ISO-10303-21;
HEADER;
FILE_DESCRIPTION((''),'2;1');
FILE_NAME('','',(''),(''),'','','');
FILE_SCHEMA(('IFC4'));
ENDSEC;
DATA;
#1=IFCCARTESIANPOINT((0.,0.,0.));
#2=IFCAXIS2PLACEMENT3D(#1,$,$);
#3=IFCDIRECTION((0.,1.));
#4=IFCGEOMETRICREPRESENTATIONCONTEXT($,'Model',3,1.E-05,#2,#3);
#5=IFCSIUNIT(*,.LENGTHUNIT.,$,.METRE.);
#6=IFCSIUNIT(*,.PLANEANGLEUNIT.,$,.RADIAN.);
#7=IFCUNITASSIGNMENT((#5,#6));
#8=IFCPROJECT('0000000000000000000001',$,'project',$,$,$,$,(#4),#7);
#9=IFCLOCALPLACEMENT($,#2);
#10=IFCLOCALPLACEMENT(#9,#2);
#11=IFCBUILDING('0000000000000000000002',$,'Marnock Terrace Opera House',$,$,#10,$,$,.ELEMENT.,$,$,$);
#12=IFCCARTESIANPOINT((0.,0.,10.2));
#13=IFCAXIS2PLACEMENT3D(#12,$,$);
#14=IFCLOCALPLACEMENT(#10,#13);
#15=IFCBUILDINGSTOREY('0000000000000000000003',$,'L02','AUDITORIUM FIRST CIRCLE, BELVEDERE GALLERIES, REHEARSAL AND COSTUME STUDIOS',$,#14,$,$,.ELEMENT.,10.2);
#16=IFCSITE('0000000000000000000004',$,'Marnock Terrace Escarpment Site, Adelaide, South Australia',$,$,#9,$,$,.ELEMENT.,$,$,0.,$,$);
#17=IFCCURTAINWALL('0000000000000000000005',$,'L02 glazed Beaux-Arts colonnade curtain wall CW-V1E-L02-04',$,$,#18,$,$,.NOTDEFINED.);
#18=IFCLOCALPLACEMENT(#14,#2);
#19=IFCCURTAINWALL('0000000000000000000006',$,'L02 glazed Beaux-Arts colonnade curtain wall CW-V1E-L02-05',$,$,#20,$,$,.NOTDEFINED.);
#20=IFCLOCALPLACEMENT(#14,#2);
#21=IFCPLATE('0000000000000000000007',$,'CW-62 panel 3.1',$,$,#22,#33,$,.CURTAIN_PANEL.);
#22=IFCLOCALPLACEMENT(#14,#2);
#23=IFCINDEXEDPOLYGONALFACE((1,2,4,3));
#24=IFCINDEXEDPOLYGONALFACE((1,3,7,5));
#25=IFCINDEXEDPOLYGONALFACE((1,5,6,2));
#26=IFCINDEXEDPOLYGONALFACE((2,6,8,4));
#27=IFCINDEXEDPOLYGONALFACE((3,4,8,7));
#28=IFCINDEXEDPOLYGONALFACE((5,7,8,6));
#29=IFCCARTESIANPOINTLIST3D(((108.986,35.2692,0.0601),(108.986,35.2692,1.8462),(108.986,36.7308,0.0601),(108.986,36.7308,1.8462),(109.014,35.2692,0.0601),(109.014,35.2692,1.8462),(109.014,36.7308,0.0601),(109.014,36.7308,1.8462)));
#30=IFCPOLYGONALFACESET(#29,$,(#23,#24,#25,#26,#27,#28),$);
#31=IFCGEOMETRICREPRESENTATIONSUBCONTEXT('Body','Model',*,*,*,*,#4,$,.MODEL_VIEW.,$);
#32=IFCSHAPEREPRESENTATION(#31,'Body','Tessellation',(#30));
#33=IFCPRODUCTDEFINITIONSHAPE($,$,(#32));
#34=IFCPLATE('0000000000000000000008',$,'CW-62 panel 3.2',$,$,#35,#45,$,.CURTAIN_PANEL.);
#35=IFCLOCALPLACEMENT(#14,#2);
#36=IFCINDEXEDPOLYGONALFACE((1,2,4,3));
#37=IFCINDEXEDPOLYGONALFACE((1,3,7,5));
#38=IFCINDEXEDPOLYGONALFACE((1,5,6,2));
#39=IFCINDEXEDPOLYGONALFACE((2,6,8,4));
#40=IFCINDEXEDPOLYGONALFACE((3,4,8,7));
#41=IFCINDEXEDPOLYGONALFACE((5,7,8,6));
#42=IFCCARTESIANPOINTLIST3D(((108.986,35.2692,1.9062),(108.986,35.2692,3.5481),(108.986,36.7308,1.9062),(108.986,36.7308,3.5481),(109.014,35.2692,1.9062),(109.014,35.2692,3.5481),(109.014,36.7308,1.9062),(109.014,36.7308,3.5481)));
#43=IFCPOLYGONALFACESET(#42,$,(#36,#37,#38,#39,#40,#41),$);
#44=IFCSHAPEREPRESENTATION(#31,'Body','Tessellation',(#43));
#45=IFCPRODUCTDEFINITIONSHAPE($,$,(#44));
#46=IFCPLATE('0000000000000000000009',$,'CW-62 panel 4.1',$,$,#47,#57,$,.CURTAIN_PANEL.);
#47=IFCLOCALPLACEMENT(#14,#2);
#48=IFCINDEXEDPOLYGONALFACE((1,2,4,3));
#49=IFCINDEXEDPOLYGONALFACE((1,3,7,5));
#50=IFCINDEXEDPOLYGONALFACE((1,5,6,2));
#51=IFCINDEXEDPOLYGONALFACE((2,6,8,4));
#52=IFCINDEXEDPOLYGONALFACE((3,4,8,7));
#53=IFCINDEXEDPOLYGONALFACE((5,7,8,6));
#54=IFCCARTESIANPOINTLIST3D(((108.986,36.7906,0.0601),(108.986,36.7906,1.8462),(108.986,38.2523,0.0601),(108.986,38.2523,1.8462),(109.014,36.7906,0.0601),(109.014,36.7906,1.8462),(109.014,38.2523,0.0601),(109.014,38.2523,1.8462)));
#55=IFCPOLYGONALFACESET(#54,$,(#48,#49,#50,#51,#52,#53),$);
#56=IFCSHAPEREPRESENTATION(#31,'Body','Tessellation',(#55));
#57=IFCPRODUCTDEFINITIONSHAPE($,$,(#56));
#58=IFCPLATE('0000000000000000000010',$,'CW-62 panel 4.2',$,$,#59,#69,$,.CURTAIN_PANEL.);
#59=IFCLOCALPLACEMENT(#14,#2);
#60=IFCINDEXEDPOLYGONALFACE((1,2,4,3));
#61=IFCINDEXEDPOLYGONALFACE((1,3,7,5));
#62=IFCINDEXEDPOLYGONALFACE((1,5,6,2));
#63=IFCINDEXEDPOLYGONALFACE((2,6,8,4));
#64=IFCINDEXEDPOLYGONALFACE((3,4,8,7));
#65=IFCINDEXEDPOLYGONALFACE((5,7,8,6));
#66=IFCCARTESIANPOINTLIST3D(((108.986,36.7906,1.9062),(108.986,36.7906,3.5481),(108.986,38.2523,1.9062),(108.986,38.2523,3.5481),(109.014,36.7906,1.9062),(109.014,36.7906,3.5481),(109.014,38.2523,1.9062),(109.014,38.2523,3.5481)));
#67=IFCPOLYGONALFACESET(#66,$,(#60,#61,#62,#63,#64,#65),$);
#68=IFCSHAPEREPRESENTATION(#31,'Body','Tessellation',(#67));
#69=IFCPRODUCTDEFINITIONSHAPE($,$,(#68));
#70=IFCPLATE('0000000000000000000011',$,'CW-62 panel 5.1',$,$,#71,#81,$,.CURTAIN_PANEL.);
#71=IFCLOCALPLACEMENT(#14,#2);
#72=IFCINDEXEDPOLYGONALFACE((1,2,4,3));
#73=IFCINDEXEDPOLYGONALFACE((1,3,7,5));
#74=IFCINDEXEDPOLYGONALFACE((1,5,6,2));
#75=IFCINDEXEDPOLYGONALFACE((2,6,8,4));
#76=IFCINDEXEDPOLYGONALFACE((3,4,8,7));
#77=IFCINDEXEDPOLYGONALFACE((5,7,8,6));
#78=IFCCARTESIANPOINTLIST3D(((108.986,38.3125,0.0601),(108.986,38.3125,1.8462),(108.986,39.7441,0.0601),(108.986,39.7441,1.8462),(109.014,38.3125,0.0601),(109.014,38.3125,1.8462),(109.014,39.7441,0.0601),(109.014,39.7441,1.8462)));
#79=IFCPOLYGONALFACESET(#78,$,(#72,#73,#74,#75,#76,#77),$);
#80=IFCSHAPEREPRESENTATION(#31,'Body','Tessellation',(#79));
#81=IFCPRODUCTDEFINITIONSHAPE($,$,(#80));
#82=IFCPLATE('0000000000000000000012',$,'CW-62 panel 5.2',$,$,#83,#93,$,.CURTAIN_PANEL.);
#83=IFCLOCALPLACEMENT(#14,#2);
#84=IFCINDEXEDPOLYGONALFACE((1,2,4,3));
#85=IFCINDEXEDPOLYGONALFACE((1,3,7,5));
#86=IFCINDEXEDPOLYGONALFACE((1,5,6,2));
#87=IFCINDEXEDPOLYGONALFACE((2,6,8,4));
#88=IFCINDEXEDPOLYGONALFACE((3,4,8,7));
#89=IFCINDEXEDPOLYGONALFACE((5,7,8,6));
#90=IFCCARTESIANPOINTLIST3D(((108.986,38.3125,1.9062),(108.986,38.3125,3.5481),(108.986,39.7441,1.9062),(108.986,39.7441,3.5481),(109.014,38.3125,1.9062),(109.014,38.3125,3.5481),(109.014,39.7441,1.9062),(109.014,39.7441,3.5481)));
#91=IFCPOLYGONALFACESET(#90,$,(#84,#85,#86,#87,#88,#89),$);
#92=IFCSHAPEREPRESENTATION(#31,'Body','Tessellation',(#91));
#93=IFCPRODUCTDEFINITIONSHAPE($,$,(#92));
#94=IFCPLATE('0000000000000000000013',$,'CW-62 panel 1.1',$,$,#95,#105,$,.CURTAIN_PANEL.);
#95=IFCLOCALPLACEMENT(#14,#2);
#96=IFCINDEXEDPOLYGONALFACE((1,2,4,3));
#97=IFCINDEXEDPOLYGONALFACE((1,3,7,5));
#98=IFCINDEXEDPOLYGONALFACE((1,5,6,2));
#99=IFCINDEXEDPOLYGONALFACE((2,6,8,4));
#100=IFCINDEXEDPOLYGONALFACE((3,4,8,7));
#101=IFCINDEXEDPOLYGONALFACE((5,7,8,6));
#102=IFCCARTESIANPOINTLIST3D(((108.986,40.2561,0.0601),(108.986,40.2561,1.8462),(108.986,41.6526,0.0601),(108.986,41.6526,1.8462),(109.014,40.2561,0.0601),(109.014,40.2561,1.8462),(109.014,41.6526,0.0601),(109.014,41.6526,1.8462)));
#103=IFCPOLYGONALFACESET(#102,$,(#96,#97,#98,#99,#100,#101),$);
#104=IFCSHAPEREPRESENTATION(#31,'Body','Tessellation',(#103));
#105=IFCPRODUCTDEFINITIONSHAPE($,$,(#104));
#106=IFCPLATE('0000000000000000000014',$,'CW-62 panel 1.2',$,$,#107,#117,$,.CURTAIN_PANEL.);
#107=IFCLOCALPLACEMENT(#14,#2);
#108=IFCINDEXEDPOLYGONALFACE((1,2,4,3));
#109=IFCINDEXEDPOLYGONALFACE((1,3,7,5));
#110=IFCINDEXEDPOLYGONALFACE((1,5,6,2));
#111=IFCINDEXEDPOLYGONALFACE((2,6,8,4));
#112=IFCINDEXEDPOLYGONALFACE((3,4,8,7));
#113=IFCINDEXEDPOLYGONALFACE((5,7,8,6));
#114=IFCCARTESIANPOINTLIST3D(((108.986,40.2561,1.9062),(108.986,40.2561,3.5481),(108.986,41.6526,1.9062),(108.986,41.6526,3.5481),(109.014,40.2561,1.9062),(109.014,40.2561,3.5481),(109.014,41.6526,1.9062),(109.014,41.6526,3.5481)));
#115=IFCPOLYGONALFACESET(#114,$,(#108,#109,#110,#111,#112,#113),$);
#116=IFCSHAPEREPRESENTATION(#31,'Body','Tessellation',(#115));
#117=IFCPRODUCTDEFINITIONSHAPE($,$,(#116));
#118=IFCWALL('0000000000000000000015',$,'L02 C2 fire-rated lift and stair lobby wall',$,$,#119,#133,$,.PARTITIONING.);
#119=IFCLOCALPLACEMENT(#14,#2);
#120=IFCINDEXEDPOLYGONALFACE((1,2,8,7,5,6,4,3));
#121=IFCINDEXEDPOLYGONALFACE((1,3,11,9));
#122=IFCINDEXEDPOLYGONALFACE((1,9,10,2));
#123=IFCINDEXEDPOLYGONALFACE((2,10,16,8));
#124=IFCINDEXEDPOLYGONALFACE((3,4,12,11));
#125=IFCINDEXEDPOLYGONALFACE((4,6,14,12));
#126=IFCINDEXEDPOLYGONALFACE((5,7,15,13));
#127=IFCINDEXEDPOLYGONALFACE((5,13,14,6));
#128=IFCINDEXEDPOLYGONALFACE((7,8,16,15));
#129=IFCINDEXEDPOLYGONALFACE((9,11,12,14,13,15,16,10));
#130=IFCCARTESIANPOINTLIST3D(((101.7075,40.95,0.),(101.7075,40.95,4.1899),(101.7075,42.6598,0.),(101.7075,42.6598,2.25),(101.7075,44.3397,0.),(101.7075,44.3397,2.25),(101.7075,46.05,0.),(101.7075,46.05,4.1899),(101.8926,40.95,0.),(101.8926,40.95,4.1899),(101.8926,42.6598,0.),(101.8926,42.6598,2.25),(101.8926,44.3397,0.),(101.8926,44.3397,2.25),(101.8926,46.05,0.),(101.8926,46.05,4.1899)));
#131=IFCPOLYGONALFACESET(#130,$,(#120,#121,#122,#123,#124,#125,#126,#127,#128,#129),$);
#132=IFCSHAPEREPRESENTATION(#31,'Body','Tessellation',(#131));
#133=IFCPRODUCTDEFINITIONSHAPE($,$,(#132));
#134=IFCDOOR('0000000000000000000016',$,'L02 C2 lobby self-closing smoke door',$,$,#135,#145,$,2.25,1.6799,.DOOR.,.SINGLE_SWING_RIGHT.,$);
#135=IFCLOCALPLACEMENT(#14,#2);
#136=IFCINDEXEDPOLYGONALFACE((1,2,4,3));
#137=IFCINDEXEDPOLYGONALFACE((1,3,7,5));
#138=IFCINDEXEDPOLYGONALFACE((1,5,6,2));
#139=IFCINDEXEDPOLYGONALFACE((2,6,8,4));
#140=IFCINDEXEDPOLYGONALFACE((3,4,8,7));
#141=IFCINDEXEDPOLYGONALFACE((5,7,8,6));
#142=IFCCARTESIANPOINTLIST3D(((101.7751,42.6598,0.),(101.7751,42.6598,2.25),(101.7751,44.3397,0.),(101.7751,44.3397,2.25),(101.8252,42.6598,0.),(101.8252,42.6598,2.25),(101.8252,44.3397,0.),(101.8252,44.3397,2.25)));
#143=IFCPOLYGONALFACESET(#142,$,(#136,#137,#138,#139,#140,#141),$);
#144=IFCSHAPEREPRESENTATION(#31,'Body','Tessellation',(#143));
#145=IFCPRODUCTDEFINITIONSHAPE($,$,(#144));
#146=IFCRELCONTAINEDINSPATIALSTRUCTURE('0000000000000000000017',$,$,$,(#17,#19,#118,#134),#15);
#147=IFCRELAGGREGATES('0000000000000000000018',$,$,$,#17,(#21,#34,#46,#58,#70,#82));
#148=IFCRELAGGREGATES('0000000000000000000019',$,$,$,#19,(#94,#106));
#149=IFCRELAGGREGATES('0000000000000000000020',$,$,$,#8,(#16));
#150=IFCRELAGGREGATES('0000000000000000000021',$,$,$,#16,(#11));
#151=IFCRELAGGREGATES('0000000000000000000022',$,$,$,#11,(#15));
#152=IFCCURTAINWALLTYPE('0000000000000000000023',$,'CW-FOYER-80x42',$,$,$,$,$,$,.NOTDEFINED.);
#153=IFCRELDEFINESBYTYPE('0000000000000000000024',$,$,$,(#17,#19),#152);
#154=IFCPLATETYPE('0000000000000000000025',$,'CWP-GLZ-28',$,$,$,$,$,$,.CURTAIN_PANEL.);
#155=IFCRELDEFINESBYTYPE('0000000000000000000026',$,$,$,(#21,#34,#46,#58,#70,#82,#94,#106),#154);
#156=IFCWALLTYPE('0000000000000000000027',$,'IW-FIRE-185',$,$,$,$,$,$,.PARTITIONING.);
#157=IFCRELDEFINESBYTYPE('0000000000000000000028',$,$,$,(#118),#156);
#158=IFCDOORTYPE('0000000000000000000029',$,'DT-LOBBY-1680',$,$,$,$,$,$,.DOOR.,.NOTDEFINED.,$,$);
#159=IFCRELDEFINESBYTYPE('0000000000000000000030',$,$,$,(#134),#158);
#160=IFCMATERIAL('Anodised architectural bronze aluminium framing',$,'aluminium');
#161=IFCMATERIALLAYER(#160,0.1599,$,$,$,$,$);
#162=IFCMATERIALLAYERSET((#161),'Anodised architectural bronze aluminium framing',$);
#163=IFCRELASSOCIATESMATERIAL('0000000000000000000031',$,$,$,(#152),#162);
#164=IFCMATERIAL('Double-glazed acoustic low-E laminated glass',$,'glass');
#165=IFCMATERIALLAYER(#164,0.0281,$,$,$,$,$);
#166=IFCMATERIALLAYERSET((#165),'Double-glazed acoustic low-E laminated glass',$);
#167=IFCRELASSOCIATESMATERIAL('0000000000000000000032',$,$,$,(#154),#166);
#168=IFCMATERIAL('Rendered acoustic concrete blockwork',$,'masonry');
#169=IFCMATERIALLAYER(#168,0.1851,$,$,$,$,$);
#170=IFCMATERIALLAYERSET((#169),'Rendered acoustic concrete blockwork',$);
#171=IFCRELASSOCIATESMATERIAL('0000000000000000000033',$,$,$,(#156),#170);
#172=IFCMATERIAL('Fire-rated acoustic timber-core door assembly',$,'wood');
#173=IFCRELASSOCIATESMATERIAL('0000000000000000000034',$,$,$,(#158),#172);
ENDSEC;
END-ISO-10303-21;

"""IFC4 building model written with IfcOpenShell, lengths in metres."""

from ifc_helpers import new_model, si_unit, direction, frame, frame_2d, origin, origin_2d, place, context, subcontext, project, spatial, rectangle, extrude, material, layer, layer_set, type_object, element, fill, aggregate, save


model = new_model("IFC4")

# Units and contexts
model_context = context("Model", 3, precision=1e-05, world=origin(), true_north=direction((0.0, 1.0)))
body_context = subcontext(model_context, "Body", "Model", "MODEL_VIEW")
ifc_project = project(units=[si_unit("LENGTHUNIT", "METRE"), si_unit("PLANEANGLEUNIT", "RADIAN")], contexts=[model_context])

# Site, building, storey
site_placement = place(None, origin())
site = spatial("IfcSite", under=ifc_project, at=site_placement, Name="Marnock Terrace Escarpment Site, Adelaide, South Australia", CompositionType="ELEMENT", RefElevation=0.0)
building_placement = place(site_placement, origin())
building = spatial("IfcBuilding", under=site, at=building_placement, Name="Marnock Terrace Opera House", CompositionType="ELEMENT")
storey_placement = place(building_placement, frame((0.0, 0.0, 10.2)))
storey = spatial("IfcBuildingStorey", under=building, at=storey_placement, Name="L02", Description="AUDITORIUM FIRST CIRCLE, BELVEDERE GALLERIES, REHEARSAL AND COSTUME STUDIOS", CompositionType="ELEMENT", Elevation=10.2)

# Curtain walls
ifc_material_1 = material(Name="Anodised architectural bronze aluminium framing", Category="aluminium")
ifc_layer_1 = layer(ifc_material_1, 0.1599)
ifc_layer_set_1 = layer_set([ifc_layer_1], Name="Anodised architectural bronze aluminium framing")
curtain_wall_type = type_object("IfcCurtainWallType", Name="CW-FOYER-80x42", PredefinedType="NOTDEFINED", material=ifc_layer_set_1)
curtain_wall_1_placement = place(storey_placement, origin())
curtain_wall_1 = element("IfcCurtainWall", 1, at=curtain_wall_1_placement, inside=storey, type_object=curtain_wall_type, Name="L02 glazed Beaux-Arts colonnade curtain wall CW-V1E-L02-04", PredefinedType="NOTDEFINED")
curtain_wall_2_placement = place(storey_placement, origin())
curtain_wall_2 = element("IfcCurtainWall", 2, at=curtain_wall_2_placement, inside=storey, type_object=curtain_wall_type, Name="L02 glazed Beaux-Arts colonnade curtain wall CW-V1E-L02-05", PredefinedType="NOTDEFINED")

# Plates
ifc_material_2 = material(Name="Double-glazed acoustic low-E laminated glass", Category="glass")
ifc_layer_2 = layer(ifc_material_2, 0.0281)
ifc_layer_set_2 = layer_set([ifc_layer_2], Name="Double-glazed acoustic low-E laminated glass")
plate_type = type_object("IfcPlateType", Name="CWP-GLZ-28", PredefinedType="CURTAIN_PANEL", material=ifc_layer_set_2)
plate_1_placement = place(storey_placement, frame((109.0, 36.0, 0.0601), z_axis=(0.0, 0.0, 1.0), x_axis=(0.0, 1.0, 0.0)))
plate_1 = element("IfcPlate", 3, at=plate_1_placement, type_object=plate_type, Name="CW-62 panel 3.1", PredefinedType="CURTAIN_PANEL", context=body_context, shape_type="SweptSolid", body=[
    extrude(rectangle(XDim=1.4617, YDim=0.0281, at=origin_2d()), origin(), (0.0, 0.0, 1.0), 1.7861),
])
plate_2_placement = place(storey_placement, frame((109.0, 36.0, 1.9062), z_axis=(0.0, 0.0, 1.0), x_axis=(0.0, 1.0, 0.0)))
plate_2 = element("IfcPlate", 4, at=plate_2_placement, type_object=plate_type, Name="CW-62 panel 3.2", PredefinedType="CURTAIN_PANEL", context=body_context, shape_type="SweptSolid", body=[
    extrude(rectangle(XDim=1.4617, YDim=0.0281, at=origin_2d()), origin(), (0.0, 0.0, 1.0), 1.6418),
])
plate_3_placement = place(storey_placement, frame((109.0, 37.5215, 0.0601), z_axis=(0.0, 0.0, 1.0), x_axis=(0.0, 1.0, 0.0)))
plate_3 = element("IfcPlate", 5, at=plate_3_placement, type_object=plate_type, Name="CW-62 panel 4.1", PredefinedType="CURTAIN_PANEL", context=body_context, shape_type="SweptSolid", body=[
    extrude(rectangle(XDim=1.4617, YDim=0.0281, at=origin_2d()), origin(), (0.0, 0.0, 1.0), 1.7861),
])
plate_4_placement = place(storey_placement, frame((109.0, 37.5215, 1.9062), z_axis=(0.0, 0.0, 1.0), x_axis=(0.0, 1.0, 0.0)))
plate_4 = element("IfcPlate", 6, at=plate_4_placement, type_object=plate_type, Name="CW-62 panel 4.2", PredefinedType="CURTAIN_PANEL", context=body_context, shape_type="SweptSolid", body=[
    extrude(rectangle(XDim=1.4617, YDim=0.0281, at=origin_2d()), origin(), (0.0, 0.0, 1.0), 1.6418),
])
plate_5_placement = place(storey_placement, frame((109.0, 39.0283, 0.0601), z_axis=(0.0, 0.0, 1.0), x_axis=(0.0, 1.0, 0.0)))
plate_5 = element("IfcPlate", 7, at=plate_5_placement, type_object=plate_type, Name="CW-62 panel 5.1", PredefinedType="CURTAIN_PANEL", context=body_context, shape_type="SweptSolid", body=[
    extrude(rectangle(XDim=1.4316, YDim=0.0281, at=origin_2d()), origin(), (0.0, 0.0, 1.0), 1.7861),
])
plate_6_placement = place(storey_placement, frame((109.0, 39.0283, 1.9062), z_axis=(0.0, 0.0, 1.0), x_axis=(0.0, 1.0, 0.0)))
plate_6 = element("IfcPlate", 8, at=plate_6_placement, type_object=plate_type, Name="CW-62 panel 5.2", PredefinedType="CURTAIN_PANEL", context=body_context, shape_type="SweptSolid", body=[
    extrude(rectangle(XDim=1.4316, YDim=0.0281, at=origin_2d()), origin(), (0.0, 0.0, 1.0), 1.6418),
])
aggregate(curtain_wall_1, [plate_1, plate_2, plate_3, plate_4, plate_5, plate_6])
plate_7_placement = place(storey_placement, frame((109.0, 40.9543, 0.0601), z_axis=(0.0, 0.0, 1.0), x_axis=(0.0, 1.0, 0.0)))
plate_7 = element("IfcPlate", 9, at=plate_7_placement, type_object=plate_type, Name="CW-62 panel 1.1", PredefinedType="CURTAIN_PANEL", context=body_context, shape_type="SweptSolid", body=[
    extrude(rectangle(XDim=1.3965, YDim=0.0281, at=origin_2d()), origin(), (0.0, 0.0, 1.0), 1.7861),
])
plate_8_placement = place(storey_placement, frame((109.0, 40.9543, 1.9062), z_axis=(0.0, 0.0, 1.0), x_axis=(0.0, 1.0, 0.0)))
plate_8 = element("IfcPlate", 10, at=plate_8_placement, type_object=plate_type, Name="CW-62 panel 1.2", PredefinedType="CURTAIN_PANEL", context=body_context, shape_type="SweptSolid", body=[
    extrude(rectangle(XDim=1.3965, YDim=0.0281, at=origin_2d()), origin(), (0.0, 0.0, 1.0), 1.6418),
])
aggregate(curtain_wall_2, [plate_7, plate_8])

# Wall, opening, door
ifc_material_3 = material(Name="Rendered acoustic concrete blockwork", Category="masonry")
ifc_layer_3 = layer(ifc_material_3, 0.1851)
ifc_layer_set_3 = layer_set([ifc_layer_3], Name="Rendered acoustic concrete blockwork")
wall_type = type_object("IfcWallType", Name="IW-FIRE-185", PredefinedType="PARTITIONING", material=ifc_layer_set_3)
wall_placement = place(storey_placement, frame((101.8, 40.95, 0.0), z_axis=(0.0, 0.0, 1.0), x_axis=(0.0, 1.0, 0.0)))
wall = element("IfcWall", 11, at=wall_placement, inside=storey, type_object=wall_type, Name="L02 C2 fire-rated lift and stair lobby wall", PredefinedType="PARTITIONING", context=body_context, shape_type="SweptSolid", body=[
    extrude(rectangle(XDim=5.1001, YDim=0.1851, at=frame_2d((2.55, 0.0))), origin(), (0.0, 0.0, 1.0), 4.1899),
])
opening_placement = place(wall_placement, frame((1.71, 0.0, 0.0)))
opening = element("IfcOpeningElement", 12, at=opening_placement, cuts=wall, PredefinedType="OPENING", context=body_context, shape_type="SweptSolid", body=[
    extrude(rectangle(XDim=1.6799, YDim=2.25, at=frame_2d((0.8398, 1.125))), frame((0.0, 0.1025, 0.0), z_axis=(0.0, -1.0, 0.0), x_axis=(1.0, 0.0, 0.0)), (0.0, 0.0, 1.0), 0.2051),
])
ifc_material_4 = material(Name="Fire-rated acoustic timber-core door assembly", Category="wood")
door_type = type_object("IfcDoorType", Name="DT-LOBBY-1680", OperationType="NOTDEFINED", PredefinedType="DOOR", material=ifc_material_4)
door_placement = place(opening_placement, origin())
door = element("IfcDoor", 13, at=door_placement, inside=storey, type_object=door_type, Name="L02 C2 lobby self-closing smoke door", OperationType="SINGLE_SWING_RIGHT", OverallHeight=2.25, OverallWidth=1.6799, PredefinedType="DOOR", context=body_context, shape_type="SweptSolid", body=[
    extrude(rectangle(XDim=1.6799, YDim=2.25, at=frame_2d((0.8398, 1.125))), frame((0.0, 0.0249, 0.0), z_axis=(0.0, -1.0, 0.0), x_axis=(1.0, 0.0, 0.0)), (0.0, 0.0, 1.0), 0.05),
])
fill(opening, door)

save(model, "model.ifc")
